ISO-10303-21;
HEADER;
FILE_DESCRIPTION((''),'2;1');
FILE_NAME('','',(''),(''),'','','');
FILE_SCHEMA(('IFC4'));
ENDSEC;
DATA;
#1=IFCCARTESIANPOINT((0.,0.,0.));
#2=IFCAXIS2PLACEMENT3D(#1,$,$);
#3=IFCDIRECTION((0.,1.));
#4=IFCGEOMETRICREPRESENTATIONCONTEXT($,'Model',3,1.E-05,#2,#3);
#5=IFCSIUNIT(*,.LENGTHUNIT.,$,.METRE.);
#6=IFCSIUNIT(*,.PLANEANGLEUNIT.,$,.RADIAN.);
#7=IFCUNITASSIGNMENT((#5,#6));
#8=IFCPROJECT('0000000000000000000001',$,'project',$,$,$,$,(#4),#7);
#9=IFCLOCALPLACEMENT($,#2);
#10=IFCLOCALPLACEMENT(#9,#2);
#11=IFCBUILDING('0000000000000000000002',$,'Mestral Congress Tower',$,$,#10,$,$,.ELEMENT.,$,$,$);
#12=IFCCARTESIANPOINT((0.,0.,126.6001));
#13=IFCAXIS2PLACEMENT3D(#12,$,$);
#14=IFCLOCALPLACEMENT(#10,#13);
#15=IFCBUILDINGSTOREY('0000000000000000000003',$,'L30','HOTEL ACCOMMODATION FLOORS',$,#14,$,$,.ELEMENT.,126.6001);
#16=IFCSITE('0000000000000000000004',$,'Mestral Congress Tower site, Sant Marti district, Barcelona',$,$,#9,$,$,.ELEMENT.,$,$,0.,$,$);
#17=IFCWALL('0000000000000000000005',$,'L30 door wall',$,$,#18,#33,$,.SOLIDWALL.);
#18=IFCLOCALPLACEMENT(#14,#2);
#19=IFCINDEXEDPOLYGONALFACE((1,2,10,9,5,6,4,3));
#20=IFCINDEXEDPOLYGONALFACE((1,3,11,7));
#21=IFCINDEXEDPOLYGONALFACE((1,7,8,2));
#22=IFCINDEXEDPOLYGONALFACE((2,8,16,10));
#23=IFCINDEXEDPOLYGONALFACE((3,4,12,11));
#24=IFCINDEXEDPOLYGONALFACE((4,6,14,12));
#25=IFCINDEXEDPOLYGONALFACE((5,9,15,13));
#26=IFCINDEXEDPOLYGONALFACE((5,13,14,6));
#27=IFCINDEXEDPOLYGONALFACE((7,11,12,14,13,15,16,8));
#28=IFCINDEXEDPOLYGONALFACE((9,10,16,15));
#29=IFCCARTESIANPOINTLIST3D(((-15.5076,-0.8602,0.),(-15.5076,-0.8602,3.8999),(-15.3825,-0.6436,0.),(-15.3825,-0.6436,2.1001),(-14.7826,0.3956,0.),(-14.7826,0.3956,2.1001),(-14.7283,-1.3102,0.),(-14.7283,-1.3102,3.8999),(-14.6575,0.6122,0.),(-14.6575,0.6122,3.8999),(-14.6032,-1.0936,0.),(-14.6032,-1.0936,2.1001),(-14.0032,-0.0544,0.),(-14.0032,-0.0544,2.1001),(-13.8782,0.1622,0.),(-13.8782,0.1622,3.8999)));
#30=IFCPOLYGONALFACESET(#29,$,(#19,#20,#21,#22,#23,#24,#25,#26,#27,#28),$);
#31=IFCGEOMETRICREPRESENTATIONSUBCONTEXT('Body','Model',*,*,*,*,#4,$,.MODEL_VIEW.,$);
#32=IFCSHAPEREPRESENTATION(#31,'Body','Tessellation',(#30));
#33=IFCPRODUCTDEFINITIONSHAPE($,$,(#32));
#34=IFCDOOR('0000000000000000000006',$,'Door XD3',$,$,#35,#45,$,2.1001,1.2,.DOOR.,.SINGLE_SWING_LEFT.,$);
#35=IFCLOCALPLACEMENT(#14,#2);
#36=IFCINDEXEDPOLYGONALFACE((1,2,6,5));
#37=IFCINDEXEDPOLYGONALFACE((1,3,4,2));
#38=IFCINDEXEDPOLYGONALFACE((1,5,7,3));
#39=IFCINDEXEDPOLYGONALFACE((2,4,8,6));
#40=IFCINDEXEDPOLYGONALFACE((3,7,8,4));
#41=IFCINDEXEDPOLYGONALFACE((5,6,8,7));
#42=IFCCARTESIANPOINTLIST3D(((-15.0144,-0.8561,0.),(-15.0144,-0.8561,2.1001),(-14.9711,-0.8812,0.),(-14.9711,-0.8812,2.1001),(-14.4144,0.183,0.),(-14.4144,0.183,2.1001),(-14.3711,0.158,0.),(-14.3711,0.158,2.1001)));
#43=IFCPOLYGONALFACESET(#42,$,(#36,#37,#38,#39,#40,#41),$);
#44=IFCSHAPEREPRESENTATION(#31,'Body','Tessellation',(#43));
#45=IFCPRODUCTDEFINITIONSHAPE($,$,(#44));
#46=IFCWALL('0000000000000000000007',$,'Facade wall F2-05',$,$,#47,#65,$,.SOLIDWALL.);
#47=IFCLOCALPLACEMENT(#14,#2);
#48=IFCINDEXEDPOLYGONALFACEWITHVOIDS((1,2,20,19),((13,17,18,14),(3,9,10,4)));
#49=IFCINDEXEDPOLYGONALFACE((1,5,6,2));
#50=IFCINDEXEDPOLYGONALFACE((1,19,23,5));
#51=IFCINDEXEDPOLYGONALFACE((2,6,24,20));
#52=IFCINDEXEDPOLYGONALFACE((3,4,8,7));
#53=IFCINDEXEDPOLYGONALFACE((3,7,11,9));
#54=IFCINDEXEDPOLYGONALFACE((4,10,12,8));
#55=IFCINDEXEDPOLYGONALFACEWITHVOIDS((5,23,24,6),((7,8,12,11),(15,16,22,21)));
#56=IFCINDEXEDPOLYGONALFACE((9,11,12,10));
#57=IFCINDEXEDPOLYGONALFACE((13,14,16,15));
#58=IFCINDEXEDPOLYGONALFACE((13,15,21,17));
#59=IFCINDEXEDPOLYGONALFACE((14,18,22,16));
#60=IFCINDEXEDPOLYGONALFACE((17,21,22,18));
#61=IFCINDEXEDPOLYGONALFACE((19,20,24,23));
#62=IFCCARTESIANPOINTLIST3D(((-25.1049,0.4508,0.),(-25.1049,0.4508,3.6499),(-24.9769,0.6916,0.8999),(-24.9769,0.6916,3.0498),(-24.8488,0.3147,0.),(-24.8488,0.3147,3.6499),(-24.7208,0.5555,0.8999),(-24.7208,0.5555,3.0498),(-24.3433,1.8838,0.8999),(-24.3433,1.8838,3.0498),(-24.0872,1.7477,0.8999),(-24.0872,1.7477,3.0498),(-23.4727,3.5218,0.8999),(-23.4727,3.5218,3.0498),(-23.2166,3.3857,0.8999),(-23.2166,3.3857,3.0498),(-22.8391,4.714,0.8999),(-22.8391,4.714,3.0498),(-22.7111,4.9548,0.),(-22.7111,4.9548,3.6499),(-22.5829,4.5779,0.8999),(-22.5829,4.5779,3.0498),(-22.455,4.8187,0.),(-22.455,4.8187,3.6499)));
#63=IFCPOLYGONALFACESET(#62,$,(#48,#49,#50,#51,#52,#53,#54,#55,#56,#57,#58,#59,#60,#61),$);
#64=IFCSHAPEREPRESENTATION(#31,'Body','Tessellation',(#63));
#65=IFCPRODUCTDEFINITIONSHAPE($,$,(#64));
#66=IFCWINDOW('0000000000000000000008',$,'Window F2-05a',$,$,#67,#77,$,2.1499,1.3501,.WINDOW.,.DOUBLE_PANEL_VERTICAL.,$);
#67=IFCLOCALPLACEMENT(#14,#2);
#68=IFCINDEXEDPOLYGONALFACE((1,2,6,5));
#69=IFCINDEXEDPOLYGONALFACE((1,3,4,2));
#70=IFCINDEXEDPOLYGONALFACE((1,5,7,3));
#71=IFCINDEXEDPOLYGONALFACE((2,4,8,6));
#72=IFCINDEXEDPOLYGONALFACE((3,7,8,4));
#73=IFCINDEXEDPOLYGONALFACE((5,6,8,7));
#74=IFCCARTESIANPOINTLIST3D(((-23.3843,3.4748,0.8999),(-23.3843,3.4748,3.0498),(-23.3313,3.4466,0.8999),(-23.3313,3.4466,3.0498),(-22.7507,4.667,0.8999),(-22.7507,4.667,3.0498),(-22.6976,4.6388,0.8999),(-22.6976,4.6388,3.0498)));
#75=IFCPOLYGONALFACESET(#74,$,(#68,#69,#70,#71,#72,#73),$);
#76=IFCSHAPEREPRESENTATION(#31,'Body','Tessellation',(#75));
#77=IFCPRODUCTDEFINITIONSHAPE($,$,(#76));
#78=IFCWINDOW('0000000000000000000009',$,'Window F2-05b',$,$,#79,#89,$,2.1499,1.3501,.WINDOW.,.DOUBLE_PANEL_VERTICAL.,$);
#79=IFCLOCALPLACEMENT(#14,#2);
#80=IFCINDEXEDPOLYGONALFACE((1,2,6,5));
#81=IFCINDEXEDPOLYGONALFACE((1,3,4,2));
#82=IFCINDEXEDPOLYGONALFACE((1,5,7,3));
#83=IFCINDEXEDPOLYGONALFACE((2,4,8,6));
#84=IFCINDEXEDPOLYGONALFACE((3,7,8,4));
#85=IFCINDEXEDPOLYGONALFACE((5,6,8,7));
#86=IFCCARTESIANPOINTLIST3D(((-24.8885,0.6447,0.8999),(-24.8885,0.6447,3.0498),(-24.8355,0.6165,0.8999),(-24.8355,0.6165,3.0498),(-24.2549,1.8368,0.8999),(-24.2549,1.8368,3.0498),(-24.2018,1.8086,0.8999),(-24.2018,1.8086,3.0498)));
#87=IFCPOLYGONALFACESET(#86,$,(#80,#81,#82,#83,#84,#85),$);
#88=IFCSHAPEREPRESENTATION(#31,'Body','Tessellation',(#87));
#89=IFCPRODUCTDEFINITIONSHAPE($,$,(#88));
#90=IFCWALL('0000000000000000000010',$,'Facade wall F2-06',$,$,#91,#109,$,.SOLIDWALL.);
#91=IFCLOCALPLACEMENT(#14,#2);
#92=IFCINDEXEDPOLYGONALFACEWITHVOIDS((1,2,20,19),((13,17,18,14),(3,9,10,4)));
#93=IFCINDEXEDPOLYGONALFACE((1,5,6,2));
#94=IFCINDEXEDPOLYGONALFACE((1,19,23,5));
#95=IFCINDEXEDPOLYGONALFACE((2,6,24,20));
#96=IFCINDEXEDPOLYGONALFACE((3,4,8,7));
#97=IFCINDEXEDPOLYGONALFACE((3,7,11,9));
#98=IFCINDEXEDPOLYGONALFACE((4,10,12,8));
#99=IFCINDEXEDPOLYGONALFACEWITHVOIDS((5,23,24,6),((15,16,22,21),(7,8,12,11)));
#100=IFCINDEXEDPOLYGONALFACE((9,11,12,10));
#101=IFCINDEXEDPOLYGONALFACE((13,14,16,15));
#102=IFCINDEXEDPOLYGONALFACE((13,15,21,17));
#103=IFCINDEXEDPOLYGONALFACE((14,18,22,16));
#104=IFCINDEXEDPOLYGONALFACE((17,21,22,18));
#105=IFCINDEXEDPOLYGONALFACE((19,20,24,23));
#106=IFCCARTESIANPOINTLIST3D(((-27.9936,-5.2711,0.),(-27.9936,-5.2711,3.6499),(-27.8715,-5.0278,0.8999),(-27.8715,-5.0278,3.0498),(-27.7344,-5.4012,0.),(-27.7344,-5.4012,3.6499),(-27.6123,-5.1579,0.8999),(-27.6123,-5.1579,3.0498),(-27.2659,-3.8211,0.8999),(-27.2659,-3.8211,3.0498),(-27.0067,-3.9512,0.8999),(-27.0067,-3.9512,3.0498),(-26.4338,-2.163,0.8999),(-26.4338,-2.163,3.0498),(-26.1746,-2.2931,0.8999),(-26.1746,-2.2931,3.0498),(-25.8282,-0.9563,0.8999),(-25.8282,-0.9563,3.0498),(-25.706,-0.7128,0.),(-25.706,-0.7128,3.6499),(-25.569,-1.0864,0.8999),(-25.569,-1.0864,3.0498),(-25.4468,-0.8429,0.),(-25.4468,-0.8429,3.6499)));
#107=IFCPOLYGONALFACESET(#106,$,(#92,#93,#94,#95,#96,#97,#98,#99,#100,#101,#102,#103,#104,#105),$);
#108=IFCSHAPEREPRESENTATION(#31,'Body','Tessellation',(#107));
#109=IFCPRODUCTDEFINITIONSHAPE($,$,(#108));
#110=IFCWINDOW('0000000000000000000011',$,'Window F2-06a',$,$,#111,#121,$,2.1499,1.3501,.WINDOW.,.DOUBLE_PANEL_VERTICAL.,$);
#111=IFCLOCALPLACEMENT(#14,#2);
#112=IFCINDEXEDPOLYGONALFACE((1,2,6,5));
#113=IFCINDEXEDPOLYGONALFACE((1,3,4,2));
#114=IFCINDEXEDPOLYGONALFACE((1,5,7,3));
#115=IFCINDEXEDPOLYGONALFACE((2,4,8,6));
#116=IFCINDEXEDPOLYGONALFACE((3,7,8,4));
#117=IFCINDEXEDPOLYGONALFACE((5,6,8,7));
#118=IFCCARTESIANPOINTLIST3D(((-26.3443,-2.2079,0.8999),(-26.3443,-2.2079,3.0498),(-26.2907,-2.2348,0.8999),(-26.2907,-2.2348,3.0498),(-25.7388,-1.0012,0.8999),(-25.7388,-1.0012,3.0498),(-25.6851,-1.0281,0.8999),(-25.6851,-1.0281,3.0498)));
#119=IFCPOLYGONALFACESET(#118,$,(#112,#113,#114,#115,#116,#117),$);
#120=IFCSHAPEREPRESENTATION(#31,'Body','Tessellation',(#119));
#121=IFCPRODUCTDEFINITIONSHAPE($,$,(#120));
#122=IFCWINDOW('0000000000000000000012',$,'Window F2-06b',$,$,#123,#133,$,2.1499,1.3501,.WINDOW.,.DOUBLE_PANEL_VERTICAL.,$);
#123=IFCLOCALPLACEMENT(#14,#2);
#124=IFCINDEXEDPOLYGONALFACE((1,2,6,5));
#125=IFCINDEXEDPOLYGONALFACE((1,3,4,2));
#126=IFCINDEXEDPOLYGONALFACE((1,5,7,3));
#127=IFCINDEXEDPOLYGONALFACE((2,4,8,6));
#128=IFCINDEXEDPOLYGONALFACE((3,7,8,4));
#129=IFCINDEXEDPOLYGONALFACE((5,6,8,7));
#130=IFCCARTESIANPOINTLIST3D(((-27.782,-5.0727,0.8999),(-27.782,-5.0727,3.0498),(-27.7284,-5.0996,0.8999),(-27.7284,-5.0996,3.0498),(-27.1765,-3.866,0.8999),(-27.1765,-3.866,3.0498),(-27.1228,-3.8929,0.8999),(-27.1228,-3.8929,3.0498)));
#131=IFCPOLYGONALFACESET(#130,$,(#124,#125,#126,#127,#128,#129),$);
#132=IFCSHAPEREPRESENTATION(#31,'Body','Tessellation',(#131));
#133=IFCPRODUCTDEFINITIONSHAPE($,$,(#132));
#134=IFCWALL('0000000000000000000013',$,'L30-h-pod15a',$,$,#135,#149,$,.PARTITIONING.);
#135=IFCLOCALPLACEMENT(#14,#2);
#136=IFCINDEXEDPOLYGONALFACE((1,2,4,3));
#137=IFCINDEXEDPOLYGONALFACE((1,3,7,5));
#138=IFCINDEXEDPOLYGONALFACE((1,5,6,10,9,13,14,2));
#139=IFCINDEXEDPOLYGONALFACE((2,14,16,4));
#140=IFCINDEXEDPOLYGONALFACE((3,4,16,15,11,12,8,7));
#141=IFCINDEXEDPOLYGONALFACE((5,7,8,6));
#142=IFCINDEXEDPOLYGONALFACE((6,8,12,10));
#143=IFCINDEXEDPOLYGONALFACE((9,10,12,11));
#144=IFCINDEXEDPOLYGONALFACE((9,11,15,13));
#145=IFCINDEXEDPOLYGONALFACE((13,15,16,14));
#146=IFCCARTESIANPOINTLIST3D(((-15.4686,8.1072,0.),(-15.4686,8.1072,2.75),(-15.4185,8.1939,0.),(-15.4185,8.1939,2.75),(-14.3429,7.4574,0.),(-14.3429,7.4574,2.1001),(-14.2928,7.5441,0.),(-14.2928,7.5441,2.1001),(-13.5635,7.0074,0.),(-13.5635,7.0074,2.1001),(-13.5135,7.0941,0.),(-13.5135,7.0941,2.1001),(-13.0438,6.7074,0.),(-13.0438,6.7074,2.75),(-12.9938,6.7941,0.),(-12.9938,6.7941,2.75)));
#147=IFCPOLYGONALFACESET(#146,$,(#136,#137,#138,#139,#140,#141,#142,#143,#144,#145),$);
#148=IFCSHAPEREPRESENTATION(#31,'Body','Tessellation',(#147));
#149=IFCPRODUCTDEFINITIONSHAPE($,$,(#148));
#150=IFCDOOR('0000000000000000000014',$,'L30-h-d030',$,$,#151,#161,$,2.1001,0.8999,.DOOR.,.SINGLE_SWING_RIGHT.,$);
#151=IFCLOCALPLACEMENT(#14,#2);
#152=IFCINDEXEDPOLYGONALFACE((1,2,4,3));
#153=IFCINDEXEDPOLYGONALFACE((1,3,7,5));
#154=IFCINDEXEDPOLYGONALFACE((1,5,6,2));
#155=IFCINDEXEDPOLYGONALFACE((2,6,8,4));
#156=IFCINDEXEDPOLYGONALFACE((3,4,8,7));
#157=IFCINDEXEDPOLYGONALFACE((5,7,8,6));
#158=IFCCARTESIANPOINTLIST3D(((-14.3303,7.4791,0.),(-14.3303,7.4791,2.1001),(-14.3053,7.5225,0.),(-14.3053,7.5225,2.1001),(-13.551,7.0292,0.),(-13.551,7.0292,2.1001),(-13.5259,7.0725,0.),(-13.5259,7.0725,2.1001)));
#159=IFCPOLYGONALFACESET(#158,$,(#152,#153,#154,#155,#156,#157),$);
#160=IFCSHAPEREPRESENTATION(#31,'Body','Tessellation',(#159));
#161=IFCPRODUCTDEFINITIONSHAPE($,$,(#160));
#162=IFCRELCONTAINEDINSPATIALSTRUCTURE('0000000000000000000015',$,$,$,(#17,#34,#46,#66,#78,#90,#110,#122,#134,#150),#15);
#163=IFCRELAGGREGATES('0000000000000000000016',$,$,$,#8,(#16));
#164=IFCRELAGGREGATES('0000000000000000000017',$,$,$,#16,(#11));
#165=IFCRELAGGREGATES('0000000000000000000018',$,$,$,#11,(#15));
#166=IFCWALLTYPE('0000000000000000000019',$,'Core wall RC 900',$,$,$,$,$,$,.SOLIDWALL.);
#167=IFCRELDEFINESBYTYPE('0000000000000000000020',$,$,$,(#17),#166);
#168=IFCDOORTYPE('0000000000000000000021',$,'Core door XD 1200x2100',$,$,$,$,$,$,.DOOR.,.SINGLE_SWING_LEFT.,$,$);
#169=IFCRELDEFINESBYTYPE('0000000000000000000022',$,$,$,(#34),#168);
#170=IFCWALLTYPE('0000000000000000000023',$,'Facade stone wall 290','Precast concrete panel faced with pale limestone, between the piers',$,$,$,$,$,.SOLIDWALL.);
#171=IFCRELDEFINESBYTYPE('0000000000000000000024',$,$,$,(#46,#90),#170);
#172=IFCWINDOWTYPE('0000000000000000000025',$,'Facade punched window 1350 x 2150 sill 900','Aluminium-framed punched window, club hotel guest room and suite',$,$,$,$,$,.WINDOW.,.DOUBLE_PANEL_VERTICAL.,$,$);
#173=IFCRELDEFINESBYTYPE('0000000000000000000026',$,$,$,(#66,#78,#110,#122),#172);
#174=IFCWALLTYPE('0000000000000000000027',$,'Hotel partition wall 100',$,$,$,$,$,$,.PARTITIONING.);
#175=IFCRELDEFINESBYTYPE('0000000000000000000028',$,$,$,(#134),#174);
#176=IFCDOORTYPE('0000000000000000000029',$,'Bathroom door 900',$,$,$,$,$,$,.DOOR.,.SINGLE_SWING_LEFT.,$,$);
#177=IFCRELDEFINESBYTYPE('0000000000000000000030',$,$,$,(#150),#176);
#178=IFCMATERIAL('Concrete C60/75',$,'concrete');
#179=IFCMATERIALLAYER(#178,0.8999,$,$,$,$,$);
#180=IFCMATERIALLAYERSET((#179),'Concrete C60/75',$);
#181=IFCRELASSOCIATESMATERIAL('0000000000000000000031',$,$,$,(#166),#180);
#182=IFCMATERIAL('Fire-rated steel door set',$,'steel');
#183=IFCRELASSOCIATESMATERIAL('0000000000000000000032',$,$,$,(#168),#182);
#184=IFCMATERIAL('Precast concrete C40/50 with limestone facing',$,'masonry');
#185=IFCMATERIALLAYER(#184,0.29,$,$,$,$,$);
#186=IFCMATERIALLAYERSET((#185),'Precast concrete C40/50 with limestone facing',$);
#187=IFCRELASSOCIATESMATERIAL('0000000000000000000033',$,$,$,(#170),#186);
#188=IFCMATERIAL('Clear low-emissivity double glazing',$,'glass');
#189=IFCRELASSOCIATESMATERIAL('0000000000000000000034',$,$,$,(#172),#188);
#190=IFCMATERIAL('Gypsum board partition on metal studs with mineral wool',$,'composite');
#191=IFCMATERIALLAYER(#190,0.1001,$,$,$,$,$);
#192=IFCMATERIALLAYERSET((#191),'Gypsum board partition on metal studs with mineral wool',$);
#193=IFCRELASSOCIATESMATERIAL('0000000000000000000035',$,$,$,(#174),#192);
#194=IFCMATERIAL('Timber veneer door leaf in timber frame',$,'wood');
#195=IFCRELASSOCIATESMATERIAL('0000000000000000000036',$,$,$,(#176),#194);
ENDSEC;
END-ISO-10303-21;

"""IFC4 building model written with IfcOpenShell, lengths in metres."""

from ifc_helpers import new_model, si_unit, direction, frame, frame_2d, origin, place, context, subcontext, project, spatial, rectangle, extrude, material, layer, layer_set, type_object, element, fill, save


model = new_model("IFC4")

# Units and contexts
model_context = context("Model", 3, precision=1e-05, world=origin(), true_north=direction((0.0, 1.0)))
body_context = subcontext(model_context, "Body", "Model", "MODEL_VIEW")
ifc_project = project(units=[si_unit("LENGTHUNIT", "METRE"), si_unit("PLANEANGLEUNIT", "RADIAN")], contexts=[model_context])

# Site, building, storey
site_placement = place(None, origin())
site = spatial("IfcSite", under=ifc_project, at=site_placement, Name="Mestral Congress Tower site, Sant Marti district, Barcelona", CompositionType="ELEMENT", RefElevation=0.0)
building_placement = place(site_placement, origin())
building = spatial("IfcBuilding", under=site, at=building_placement, Name="Mestral Congress Tower", CompositionType="ELEMENT")
storey_placement = place(building_placement, frame((0.0, 0.0, 126.6001)))
storey = spatial("IfcBuildingStorey", under=building, at=storey_placement, Name="L30", Description="HOTEL ACCOMMODATION FLOORS", CompositionType="ELEMENT", Elevation=126.6001)

# Shared definitions
ifc_material_1 = material(Name="Concrete C60/75", Category="concrete")
ifc_layer_1 = layer(ifc_material_1, 0.8999)
ifc_layer_set_1 = layer_set([ifc_layer_1], Name="Concrete C60/75")
wall_type_1 = type_object("IfcWallType", Name="Core wall RC 900", PredefinedType="SOLIDWALL", material=ifc_layer_set_1)

# Wall, opening, door
wall_1_placement = place(storey_placement, frame((-15.1179, -1.0852, 0.0), z_axis=(0.0, 0.0, 1.0), x_axis=(0.5, 0.866025, 0.0)))
wall_1 = element("IfcWall", 1, at=wall_1_placement, inside=storey, type_object=wall_type_1, Name="L30 door wall", PredefinedType="SOLIDWALL", context=body_context, shape_type="SweptSolid", body=[
    extrude(rectangle(XDim=1.7002, YDim=0.8999, at=frame_2d((0.8501, 0.0))), origin(), (0.0, 0.0, 1.0), 3.8999),
])
opening_1_placement = place(wall_1_placement, frame((0.25, 0.0, 0.0)))
opening_1 = element("IfcOpeningElement", 2, at=opening_1_placement, cuts=wall_1, PredefinedType="OPENING", context=body_context, shape_type="SweptSolid", body=[
    extrude(rectangle(XDim=1.2, YDim=2.1001, at=frame_2d((0.6001, 1.05))), frame((0.0, 0.46, 0.0), z_axis=(0.0, -1.0, 0.0), x_axis=(1.0, 0.0, 0.0)), (0.0, 0.0, 1.0), 0.9199),
])
ifc_material_2 = material(Name="Fire-rated steel door set", Category="steel")
door_type_1 = type_object("IfcDoorType", Name="Core door XD 1200x2100", OperationType="SINGLE_SWING_LEFT", PredefinedType="DOOR", material=ifc_material_2)
door_1_placement = place(opening_1_placement, origin())
door_1 = element("IfcDoor", 3, at=door_1_placement, inside=storey, type_object=door_type_1, Name="Door XD3", OperationType="SINGLE_SWING_LEFT", OverallHeight=2.1001, OverallWidth=1.2, PredefinedType="DOOR", context=body_context, shape_type="SweptSolid", body=[
    extrude(rectangle(XDim=1.2, YDim=2.1001, at=frame_2d((0.6001, 1.05))), frame((0.0, 0.0249, 0.0), z_axis=(0.0, -1.0, 0.0), x_axis=(1.0, 0.0, 0.0)), (0.0, 0.0, 1.0), 0.05),
])
fill(opening_1, door_1)

# Walls, openings, windows
ifc_material_3 = material(Name="Precast concrete C40/50 with limestone facing", Category="masonry")
ifc_layer_2 = layer(ifc_material_3, 0.29)
ifc_layer_set_2 = layer_set([ifc_layer_2], Name="Precast concrete C40/50 with limestone facing")
wall_type_2 = type_object("IfcWallType", Name="Facade stone wall 290", Description="Precast concrete panel faced with pale limestone, between the piers", PredefinedType="SOLIDWALL", material=ifc_layer_set_2)
wall_2_placement = place(storey_placement, frame((-22.583, 4.8867, 0.0), z_axis=(0.0, 0.0, 1.0), x_axis=(-0.469323, -0.883026, 0.0)))
wall_2 = element("IfcWall", 4, at=wall_2_placement, inside=storey, type_object=wall_type_2, Name="Facade wall F2-05", PredefinedType="SOLIDWALL", context=body_context, shape_type="SweptSolid", body=[
    extrude(rectangle(XDim=5.1006, YDim=0.29, at=frame_2d((2.5503, 0.0))), origin(), (0.0, 0.0, 1.0), 3.6499),
])
opening_2_placement = place(wall_2_placement, frame((0.2727, 0.0, 0.8999)))
opening_2 = element("IfcOpeningElement", 5, at=opening_2_placement, cuts=wall_2, PredefinedType="OPENING", context=body_context, shape_type="SweptSolid", body=[
    extrude(rectangle(XDim=1.3501, YDim=2.1499, at=frame_2d((0.675, 1.075))), frame((0.0, 0.155, 0.0), z_axis=(0.0, -1.0, 0.0), x_axis=(1.0, 0.0, 0.0)), (0.0, 0.0, 1.0), 0.3101),
])
opening_3_placement = place(wall_2_placement, frame((3.4778, 0.0, 0.8999)))
opening_3 = element("IfcOpeningElement", 6, at=opening_3_placement, cuts=wall_2, PredefinedType="OPENING", context=body_context, shape_type="SweptSolid", body=[
    extrude(rectangle(XDim=1.3501, YDim=2.1499, at=frame_2d((0.675, 1.075))), frame((0.0, 0.155, 0.0), z_axis=(0.0, -1.0, 0.0), x_axis=(1.0, 0.0, 0.0)), (0.0, 0.0, 1.0), 0.3101),
])
ifc_material_4 = material(Name="Clear low-emissivity double glazing", Category="glass")
window_type = type_object("IfcWindowType", Name="Facade punched window 1350 x 2150 sill 900", Description="Aluminium-framed punched window, club hotel guest room and suite", PartitioningType="DOUBLE_PANEL_VERTICAL", PredefinedType="WINDOW", material=ifc_material_4)
window_1_placement = place(opening_2_placement, origin())
window_1 = element("IfcWindow", 7, at=window_1_placement, inside=storey, type_object=window_type, Name="Window F2-05a", OverallHeight=2.1499, OverallWidth=1.3501, PartitioningType="DOUBLE_PANEL_VERTICAL", PredefinedType="WINDOW", context=body_context, shape_type="SweptSolid", body=[
    extrude(rectangle(XDim=1.3501, YDim=2.1499, at=frame_2d((0.675, 1.075))), frame((0.0, 0.0151, 0.0), z_axis=(0.0, -1.0, 0.0), x_axis=(1.0, 0.0, 0.0)), (0.0, 0.0, 1.0), 0.0601),
])
fill(opening_2, window_1)
window_2_placement = place(opening_3_placement, origin())
window_2 = element("IfcWindow", 8, at=window_2_placement, inside=storey, type_object=window_type, Name="Window F2-05b", OverallHeight=2.1499, OverallWidth=1.3501, PartitioningType="DOUBLE_PANEL_VERTICAL", PredefinedType="WINDOW", context=body_context, shape_type="SweptSolid", body=[
    extrude(rectangle(XDim=1.3501, YDim=2.1499, at=frame_2d((0.675, 1.075))), frame((0.0, 0.0151, 0.0), z_axis=(0.0, -1.0, 0.0), x_axis=(1.0, 0.0, 0.0)), (0.0, 0.0, 1.0), 0.0601),
])
fill(opening_3, window_2)
wall_3_placement = place(storey_placement, frame((-25.5764, -0.7778, 0.0), z_axis=(0.0, 0.0, 1.0), x_axis=(-0.448534, -0.893766, 0.0)))
wall_3 = element("IfcWall", 9, at=wall_3_placement, inside=storey, type_object=wall_type_2, Name="Facade wall F2-06", PredefinedType="SOLIDWALL", context=body_context, shape_type="SweptSolid", body=[
    extrude(rectangle(XDim=5.1001, YDim=0.29, at=frame_2d((2.55, 0.0))), origin(), (0.0, 0.0, 1.0), 3.6499),
])
opening_4_placement = place(wall_3_placement, frame((0.2725, 0.0, 0.8999)))
opening_4 = element("IfcOpeningElement", 10, at=opening_4_placement, cuts=wall_3, PredefinedType="OPENING", context=body_context, shape_type="SweptSolid", body=[
    extrude(rectangle(XDim=1.3501, YDim=2.1499, at=frame_2d((0.675, 1.075))), frame((0.0, 0.155, 0.0), z_axis=(0.0, -1.0, 0.0), x_axis=(1.0, 0.0, 0.0)), (0.0, 0.0, 1.0), 0.3101),
])
opening_5_placement = place(wall_3_placement, frame((3.4778, 0.0, 0.8999)))
opening_5 = element("IfcOpeningElement", 11, at=opening_5_placement, cuts=wall_3, PredefinedType="OPENING", context=body_context, shape_type="SweptSolid", body=[
    extrude(rectangle(XDim=1.3501, YDim=2.1499, at=frame_2d((0.675, 1.075))), frame((0.0, 0.155, 0.0), z_axis=(0.0, -1.0, 0.0), x_axis=(1.0, 0.0, 0.0)), (0.0, 0.0, 1.0), 0.3101),
])
window_3_placement = place(opening_4_placement, origin())
window_3 = element("IfcWindow", 12, at=window_3_placement, inside=storey, type_object=window_type, Name="Window F2-06a", OverallHeight=2.1499, OverallWidth=1.3501, PartitioningType="DOUBLE_PANEL_VERTICAL", PredefinedType="WINDOW", context=body_context, shape_type="SweptSolid", body=[
    extrude(rectangle(XDim=1.3501, YDim=2.1499, at=frame_2d((0.675, 1.075))), frame((0.0, 0.0151, 0.0), z_axis=(0.0, -1.0, 0.0), x_axis=(1.0, 0.0, 0.0)), (0.0, 0.0, 1.0), 0.0601),
])
fill(opening_4, window_3)
window_4_placement = place(opening_5_placement, origin())
window_4 = element("IfcWindow", 13, at=window_4_placement, inside=storey, type_object=window_type, Name="Window F2-06b", OverallHeight=2.1499, OverallWidth=1.3501, PartitioningType="DOUBLE_PANEL_VERTICAL", PredefinedType="WINDOW", context=body_context, shape_type="SweptSolid", body=[
    extrude(rectangle(XDim=1.3501, YDim=2.1499, at=frame_2d((0.675, 1.075))), frame((0.0, 0.0151, 0.0), z_axis=(0.0, -1.0, 0.0), x_axis=(1.0, 0.0, 0.0)), (0.0, 0.0, 1.0), 0.0601),
])
fill(opening_5, window_4)

# Wall, opening, door
ifc_material_5 = material(Name="Gypsum board partition on metal studs with mineral wool", Category="composite")
ifc_layer_3 = layer(ifc_material_5, 0.1001)
ifc_layer_set_3 = layer_set([ifc_layer_3], Name="Gypsum board partition on metal studs with mineral wool")
wall_type_3 = type_object("IfcWallType", Name="Hotel partition wall 100", PredefinedType="PARTITIONING", material=ifc_layer_set_3)
wall_4_placement = place(storey_placement, frame((-13.0188, 6.7507, 0.0), z_axis=(0.0, 0.0, 1.0), x_axis=(-0.866035, 0.499984, 0.0)))
wall_4 = element("IfcWall", 14, at=wall_4_placement, inside=storey, type_object=wall_type_3, Name="L30-h-pod15a", PredefinedType="PARTITIONING", context=body_context, shape_type="SweptSolid", body=[
    extrude(rectangle(XDim=2.7998, YDim=0.1001, at=frame_2d((1.3999, 0.0))), origin(), (0.0, 0.0, 1.0), 2.75),
])
opening_6_placement = place(wall_4_placement, frame((0.6001, 0.0, 0.0)))
opening_6 = element("IfcOpeningElement", 15, at=opening_6_placement, cuts=wall_4, PredefinedType="OPENING", context=body_context, shape_type="SweptSolid", body=[
    extrude(rectangle(XDim=0.8999, YDim=2.1001, at=frame_2d((0.45, 1.05))), frame((0.0, 0.0601, 0.0), z_axis=(0.0, -1.0, 0.0), x_axis=(1.0, 0.0, 0.0)), (0.0, 0.0, 1.0), 0.1201),
])
ifc_material_6 = material(Name="Timber veneer door leaf in timber frame", Category="wood")
door_type_2 = type_object("IfcDoorType", Name="Bathroom door 900", OperationType="SINGLE_SWING_LEFT", PredefinedType="DOOR", material=ifc_material_6)
door_2_placement = place(opening_6_placement, origin())
door_2 = element("IfcDoor", 16, at=door_2_placement, inside=storey, type_object=door_type_2, Name="L30-h-d030", OperationType="SINGLE_SWING_RIGHT", OverallHeight=2.1001, OverallWidth=0.8999, PredefinedType="DOOR", context=body_context, shape_type="SweptSolid", body=[
    extrude(rectangle(XDim=0.8999, YDim=2.1001, at=frame_2d((0.45, 1.05))), frame((0.0, 0.0249, 0.0), z_axis=(0.0, -1.0, 0.0), x_axis=(1.0, 0.0, 0.0)), (0.0, 0.0, 1.0), 0.05),
])
fill(opening_6, door_2)

save(model, "model.ifc")
